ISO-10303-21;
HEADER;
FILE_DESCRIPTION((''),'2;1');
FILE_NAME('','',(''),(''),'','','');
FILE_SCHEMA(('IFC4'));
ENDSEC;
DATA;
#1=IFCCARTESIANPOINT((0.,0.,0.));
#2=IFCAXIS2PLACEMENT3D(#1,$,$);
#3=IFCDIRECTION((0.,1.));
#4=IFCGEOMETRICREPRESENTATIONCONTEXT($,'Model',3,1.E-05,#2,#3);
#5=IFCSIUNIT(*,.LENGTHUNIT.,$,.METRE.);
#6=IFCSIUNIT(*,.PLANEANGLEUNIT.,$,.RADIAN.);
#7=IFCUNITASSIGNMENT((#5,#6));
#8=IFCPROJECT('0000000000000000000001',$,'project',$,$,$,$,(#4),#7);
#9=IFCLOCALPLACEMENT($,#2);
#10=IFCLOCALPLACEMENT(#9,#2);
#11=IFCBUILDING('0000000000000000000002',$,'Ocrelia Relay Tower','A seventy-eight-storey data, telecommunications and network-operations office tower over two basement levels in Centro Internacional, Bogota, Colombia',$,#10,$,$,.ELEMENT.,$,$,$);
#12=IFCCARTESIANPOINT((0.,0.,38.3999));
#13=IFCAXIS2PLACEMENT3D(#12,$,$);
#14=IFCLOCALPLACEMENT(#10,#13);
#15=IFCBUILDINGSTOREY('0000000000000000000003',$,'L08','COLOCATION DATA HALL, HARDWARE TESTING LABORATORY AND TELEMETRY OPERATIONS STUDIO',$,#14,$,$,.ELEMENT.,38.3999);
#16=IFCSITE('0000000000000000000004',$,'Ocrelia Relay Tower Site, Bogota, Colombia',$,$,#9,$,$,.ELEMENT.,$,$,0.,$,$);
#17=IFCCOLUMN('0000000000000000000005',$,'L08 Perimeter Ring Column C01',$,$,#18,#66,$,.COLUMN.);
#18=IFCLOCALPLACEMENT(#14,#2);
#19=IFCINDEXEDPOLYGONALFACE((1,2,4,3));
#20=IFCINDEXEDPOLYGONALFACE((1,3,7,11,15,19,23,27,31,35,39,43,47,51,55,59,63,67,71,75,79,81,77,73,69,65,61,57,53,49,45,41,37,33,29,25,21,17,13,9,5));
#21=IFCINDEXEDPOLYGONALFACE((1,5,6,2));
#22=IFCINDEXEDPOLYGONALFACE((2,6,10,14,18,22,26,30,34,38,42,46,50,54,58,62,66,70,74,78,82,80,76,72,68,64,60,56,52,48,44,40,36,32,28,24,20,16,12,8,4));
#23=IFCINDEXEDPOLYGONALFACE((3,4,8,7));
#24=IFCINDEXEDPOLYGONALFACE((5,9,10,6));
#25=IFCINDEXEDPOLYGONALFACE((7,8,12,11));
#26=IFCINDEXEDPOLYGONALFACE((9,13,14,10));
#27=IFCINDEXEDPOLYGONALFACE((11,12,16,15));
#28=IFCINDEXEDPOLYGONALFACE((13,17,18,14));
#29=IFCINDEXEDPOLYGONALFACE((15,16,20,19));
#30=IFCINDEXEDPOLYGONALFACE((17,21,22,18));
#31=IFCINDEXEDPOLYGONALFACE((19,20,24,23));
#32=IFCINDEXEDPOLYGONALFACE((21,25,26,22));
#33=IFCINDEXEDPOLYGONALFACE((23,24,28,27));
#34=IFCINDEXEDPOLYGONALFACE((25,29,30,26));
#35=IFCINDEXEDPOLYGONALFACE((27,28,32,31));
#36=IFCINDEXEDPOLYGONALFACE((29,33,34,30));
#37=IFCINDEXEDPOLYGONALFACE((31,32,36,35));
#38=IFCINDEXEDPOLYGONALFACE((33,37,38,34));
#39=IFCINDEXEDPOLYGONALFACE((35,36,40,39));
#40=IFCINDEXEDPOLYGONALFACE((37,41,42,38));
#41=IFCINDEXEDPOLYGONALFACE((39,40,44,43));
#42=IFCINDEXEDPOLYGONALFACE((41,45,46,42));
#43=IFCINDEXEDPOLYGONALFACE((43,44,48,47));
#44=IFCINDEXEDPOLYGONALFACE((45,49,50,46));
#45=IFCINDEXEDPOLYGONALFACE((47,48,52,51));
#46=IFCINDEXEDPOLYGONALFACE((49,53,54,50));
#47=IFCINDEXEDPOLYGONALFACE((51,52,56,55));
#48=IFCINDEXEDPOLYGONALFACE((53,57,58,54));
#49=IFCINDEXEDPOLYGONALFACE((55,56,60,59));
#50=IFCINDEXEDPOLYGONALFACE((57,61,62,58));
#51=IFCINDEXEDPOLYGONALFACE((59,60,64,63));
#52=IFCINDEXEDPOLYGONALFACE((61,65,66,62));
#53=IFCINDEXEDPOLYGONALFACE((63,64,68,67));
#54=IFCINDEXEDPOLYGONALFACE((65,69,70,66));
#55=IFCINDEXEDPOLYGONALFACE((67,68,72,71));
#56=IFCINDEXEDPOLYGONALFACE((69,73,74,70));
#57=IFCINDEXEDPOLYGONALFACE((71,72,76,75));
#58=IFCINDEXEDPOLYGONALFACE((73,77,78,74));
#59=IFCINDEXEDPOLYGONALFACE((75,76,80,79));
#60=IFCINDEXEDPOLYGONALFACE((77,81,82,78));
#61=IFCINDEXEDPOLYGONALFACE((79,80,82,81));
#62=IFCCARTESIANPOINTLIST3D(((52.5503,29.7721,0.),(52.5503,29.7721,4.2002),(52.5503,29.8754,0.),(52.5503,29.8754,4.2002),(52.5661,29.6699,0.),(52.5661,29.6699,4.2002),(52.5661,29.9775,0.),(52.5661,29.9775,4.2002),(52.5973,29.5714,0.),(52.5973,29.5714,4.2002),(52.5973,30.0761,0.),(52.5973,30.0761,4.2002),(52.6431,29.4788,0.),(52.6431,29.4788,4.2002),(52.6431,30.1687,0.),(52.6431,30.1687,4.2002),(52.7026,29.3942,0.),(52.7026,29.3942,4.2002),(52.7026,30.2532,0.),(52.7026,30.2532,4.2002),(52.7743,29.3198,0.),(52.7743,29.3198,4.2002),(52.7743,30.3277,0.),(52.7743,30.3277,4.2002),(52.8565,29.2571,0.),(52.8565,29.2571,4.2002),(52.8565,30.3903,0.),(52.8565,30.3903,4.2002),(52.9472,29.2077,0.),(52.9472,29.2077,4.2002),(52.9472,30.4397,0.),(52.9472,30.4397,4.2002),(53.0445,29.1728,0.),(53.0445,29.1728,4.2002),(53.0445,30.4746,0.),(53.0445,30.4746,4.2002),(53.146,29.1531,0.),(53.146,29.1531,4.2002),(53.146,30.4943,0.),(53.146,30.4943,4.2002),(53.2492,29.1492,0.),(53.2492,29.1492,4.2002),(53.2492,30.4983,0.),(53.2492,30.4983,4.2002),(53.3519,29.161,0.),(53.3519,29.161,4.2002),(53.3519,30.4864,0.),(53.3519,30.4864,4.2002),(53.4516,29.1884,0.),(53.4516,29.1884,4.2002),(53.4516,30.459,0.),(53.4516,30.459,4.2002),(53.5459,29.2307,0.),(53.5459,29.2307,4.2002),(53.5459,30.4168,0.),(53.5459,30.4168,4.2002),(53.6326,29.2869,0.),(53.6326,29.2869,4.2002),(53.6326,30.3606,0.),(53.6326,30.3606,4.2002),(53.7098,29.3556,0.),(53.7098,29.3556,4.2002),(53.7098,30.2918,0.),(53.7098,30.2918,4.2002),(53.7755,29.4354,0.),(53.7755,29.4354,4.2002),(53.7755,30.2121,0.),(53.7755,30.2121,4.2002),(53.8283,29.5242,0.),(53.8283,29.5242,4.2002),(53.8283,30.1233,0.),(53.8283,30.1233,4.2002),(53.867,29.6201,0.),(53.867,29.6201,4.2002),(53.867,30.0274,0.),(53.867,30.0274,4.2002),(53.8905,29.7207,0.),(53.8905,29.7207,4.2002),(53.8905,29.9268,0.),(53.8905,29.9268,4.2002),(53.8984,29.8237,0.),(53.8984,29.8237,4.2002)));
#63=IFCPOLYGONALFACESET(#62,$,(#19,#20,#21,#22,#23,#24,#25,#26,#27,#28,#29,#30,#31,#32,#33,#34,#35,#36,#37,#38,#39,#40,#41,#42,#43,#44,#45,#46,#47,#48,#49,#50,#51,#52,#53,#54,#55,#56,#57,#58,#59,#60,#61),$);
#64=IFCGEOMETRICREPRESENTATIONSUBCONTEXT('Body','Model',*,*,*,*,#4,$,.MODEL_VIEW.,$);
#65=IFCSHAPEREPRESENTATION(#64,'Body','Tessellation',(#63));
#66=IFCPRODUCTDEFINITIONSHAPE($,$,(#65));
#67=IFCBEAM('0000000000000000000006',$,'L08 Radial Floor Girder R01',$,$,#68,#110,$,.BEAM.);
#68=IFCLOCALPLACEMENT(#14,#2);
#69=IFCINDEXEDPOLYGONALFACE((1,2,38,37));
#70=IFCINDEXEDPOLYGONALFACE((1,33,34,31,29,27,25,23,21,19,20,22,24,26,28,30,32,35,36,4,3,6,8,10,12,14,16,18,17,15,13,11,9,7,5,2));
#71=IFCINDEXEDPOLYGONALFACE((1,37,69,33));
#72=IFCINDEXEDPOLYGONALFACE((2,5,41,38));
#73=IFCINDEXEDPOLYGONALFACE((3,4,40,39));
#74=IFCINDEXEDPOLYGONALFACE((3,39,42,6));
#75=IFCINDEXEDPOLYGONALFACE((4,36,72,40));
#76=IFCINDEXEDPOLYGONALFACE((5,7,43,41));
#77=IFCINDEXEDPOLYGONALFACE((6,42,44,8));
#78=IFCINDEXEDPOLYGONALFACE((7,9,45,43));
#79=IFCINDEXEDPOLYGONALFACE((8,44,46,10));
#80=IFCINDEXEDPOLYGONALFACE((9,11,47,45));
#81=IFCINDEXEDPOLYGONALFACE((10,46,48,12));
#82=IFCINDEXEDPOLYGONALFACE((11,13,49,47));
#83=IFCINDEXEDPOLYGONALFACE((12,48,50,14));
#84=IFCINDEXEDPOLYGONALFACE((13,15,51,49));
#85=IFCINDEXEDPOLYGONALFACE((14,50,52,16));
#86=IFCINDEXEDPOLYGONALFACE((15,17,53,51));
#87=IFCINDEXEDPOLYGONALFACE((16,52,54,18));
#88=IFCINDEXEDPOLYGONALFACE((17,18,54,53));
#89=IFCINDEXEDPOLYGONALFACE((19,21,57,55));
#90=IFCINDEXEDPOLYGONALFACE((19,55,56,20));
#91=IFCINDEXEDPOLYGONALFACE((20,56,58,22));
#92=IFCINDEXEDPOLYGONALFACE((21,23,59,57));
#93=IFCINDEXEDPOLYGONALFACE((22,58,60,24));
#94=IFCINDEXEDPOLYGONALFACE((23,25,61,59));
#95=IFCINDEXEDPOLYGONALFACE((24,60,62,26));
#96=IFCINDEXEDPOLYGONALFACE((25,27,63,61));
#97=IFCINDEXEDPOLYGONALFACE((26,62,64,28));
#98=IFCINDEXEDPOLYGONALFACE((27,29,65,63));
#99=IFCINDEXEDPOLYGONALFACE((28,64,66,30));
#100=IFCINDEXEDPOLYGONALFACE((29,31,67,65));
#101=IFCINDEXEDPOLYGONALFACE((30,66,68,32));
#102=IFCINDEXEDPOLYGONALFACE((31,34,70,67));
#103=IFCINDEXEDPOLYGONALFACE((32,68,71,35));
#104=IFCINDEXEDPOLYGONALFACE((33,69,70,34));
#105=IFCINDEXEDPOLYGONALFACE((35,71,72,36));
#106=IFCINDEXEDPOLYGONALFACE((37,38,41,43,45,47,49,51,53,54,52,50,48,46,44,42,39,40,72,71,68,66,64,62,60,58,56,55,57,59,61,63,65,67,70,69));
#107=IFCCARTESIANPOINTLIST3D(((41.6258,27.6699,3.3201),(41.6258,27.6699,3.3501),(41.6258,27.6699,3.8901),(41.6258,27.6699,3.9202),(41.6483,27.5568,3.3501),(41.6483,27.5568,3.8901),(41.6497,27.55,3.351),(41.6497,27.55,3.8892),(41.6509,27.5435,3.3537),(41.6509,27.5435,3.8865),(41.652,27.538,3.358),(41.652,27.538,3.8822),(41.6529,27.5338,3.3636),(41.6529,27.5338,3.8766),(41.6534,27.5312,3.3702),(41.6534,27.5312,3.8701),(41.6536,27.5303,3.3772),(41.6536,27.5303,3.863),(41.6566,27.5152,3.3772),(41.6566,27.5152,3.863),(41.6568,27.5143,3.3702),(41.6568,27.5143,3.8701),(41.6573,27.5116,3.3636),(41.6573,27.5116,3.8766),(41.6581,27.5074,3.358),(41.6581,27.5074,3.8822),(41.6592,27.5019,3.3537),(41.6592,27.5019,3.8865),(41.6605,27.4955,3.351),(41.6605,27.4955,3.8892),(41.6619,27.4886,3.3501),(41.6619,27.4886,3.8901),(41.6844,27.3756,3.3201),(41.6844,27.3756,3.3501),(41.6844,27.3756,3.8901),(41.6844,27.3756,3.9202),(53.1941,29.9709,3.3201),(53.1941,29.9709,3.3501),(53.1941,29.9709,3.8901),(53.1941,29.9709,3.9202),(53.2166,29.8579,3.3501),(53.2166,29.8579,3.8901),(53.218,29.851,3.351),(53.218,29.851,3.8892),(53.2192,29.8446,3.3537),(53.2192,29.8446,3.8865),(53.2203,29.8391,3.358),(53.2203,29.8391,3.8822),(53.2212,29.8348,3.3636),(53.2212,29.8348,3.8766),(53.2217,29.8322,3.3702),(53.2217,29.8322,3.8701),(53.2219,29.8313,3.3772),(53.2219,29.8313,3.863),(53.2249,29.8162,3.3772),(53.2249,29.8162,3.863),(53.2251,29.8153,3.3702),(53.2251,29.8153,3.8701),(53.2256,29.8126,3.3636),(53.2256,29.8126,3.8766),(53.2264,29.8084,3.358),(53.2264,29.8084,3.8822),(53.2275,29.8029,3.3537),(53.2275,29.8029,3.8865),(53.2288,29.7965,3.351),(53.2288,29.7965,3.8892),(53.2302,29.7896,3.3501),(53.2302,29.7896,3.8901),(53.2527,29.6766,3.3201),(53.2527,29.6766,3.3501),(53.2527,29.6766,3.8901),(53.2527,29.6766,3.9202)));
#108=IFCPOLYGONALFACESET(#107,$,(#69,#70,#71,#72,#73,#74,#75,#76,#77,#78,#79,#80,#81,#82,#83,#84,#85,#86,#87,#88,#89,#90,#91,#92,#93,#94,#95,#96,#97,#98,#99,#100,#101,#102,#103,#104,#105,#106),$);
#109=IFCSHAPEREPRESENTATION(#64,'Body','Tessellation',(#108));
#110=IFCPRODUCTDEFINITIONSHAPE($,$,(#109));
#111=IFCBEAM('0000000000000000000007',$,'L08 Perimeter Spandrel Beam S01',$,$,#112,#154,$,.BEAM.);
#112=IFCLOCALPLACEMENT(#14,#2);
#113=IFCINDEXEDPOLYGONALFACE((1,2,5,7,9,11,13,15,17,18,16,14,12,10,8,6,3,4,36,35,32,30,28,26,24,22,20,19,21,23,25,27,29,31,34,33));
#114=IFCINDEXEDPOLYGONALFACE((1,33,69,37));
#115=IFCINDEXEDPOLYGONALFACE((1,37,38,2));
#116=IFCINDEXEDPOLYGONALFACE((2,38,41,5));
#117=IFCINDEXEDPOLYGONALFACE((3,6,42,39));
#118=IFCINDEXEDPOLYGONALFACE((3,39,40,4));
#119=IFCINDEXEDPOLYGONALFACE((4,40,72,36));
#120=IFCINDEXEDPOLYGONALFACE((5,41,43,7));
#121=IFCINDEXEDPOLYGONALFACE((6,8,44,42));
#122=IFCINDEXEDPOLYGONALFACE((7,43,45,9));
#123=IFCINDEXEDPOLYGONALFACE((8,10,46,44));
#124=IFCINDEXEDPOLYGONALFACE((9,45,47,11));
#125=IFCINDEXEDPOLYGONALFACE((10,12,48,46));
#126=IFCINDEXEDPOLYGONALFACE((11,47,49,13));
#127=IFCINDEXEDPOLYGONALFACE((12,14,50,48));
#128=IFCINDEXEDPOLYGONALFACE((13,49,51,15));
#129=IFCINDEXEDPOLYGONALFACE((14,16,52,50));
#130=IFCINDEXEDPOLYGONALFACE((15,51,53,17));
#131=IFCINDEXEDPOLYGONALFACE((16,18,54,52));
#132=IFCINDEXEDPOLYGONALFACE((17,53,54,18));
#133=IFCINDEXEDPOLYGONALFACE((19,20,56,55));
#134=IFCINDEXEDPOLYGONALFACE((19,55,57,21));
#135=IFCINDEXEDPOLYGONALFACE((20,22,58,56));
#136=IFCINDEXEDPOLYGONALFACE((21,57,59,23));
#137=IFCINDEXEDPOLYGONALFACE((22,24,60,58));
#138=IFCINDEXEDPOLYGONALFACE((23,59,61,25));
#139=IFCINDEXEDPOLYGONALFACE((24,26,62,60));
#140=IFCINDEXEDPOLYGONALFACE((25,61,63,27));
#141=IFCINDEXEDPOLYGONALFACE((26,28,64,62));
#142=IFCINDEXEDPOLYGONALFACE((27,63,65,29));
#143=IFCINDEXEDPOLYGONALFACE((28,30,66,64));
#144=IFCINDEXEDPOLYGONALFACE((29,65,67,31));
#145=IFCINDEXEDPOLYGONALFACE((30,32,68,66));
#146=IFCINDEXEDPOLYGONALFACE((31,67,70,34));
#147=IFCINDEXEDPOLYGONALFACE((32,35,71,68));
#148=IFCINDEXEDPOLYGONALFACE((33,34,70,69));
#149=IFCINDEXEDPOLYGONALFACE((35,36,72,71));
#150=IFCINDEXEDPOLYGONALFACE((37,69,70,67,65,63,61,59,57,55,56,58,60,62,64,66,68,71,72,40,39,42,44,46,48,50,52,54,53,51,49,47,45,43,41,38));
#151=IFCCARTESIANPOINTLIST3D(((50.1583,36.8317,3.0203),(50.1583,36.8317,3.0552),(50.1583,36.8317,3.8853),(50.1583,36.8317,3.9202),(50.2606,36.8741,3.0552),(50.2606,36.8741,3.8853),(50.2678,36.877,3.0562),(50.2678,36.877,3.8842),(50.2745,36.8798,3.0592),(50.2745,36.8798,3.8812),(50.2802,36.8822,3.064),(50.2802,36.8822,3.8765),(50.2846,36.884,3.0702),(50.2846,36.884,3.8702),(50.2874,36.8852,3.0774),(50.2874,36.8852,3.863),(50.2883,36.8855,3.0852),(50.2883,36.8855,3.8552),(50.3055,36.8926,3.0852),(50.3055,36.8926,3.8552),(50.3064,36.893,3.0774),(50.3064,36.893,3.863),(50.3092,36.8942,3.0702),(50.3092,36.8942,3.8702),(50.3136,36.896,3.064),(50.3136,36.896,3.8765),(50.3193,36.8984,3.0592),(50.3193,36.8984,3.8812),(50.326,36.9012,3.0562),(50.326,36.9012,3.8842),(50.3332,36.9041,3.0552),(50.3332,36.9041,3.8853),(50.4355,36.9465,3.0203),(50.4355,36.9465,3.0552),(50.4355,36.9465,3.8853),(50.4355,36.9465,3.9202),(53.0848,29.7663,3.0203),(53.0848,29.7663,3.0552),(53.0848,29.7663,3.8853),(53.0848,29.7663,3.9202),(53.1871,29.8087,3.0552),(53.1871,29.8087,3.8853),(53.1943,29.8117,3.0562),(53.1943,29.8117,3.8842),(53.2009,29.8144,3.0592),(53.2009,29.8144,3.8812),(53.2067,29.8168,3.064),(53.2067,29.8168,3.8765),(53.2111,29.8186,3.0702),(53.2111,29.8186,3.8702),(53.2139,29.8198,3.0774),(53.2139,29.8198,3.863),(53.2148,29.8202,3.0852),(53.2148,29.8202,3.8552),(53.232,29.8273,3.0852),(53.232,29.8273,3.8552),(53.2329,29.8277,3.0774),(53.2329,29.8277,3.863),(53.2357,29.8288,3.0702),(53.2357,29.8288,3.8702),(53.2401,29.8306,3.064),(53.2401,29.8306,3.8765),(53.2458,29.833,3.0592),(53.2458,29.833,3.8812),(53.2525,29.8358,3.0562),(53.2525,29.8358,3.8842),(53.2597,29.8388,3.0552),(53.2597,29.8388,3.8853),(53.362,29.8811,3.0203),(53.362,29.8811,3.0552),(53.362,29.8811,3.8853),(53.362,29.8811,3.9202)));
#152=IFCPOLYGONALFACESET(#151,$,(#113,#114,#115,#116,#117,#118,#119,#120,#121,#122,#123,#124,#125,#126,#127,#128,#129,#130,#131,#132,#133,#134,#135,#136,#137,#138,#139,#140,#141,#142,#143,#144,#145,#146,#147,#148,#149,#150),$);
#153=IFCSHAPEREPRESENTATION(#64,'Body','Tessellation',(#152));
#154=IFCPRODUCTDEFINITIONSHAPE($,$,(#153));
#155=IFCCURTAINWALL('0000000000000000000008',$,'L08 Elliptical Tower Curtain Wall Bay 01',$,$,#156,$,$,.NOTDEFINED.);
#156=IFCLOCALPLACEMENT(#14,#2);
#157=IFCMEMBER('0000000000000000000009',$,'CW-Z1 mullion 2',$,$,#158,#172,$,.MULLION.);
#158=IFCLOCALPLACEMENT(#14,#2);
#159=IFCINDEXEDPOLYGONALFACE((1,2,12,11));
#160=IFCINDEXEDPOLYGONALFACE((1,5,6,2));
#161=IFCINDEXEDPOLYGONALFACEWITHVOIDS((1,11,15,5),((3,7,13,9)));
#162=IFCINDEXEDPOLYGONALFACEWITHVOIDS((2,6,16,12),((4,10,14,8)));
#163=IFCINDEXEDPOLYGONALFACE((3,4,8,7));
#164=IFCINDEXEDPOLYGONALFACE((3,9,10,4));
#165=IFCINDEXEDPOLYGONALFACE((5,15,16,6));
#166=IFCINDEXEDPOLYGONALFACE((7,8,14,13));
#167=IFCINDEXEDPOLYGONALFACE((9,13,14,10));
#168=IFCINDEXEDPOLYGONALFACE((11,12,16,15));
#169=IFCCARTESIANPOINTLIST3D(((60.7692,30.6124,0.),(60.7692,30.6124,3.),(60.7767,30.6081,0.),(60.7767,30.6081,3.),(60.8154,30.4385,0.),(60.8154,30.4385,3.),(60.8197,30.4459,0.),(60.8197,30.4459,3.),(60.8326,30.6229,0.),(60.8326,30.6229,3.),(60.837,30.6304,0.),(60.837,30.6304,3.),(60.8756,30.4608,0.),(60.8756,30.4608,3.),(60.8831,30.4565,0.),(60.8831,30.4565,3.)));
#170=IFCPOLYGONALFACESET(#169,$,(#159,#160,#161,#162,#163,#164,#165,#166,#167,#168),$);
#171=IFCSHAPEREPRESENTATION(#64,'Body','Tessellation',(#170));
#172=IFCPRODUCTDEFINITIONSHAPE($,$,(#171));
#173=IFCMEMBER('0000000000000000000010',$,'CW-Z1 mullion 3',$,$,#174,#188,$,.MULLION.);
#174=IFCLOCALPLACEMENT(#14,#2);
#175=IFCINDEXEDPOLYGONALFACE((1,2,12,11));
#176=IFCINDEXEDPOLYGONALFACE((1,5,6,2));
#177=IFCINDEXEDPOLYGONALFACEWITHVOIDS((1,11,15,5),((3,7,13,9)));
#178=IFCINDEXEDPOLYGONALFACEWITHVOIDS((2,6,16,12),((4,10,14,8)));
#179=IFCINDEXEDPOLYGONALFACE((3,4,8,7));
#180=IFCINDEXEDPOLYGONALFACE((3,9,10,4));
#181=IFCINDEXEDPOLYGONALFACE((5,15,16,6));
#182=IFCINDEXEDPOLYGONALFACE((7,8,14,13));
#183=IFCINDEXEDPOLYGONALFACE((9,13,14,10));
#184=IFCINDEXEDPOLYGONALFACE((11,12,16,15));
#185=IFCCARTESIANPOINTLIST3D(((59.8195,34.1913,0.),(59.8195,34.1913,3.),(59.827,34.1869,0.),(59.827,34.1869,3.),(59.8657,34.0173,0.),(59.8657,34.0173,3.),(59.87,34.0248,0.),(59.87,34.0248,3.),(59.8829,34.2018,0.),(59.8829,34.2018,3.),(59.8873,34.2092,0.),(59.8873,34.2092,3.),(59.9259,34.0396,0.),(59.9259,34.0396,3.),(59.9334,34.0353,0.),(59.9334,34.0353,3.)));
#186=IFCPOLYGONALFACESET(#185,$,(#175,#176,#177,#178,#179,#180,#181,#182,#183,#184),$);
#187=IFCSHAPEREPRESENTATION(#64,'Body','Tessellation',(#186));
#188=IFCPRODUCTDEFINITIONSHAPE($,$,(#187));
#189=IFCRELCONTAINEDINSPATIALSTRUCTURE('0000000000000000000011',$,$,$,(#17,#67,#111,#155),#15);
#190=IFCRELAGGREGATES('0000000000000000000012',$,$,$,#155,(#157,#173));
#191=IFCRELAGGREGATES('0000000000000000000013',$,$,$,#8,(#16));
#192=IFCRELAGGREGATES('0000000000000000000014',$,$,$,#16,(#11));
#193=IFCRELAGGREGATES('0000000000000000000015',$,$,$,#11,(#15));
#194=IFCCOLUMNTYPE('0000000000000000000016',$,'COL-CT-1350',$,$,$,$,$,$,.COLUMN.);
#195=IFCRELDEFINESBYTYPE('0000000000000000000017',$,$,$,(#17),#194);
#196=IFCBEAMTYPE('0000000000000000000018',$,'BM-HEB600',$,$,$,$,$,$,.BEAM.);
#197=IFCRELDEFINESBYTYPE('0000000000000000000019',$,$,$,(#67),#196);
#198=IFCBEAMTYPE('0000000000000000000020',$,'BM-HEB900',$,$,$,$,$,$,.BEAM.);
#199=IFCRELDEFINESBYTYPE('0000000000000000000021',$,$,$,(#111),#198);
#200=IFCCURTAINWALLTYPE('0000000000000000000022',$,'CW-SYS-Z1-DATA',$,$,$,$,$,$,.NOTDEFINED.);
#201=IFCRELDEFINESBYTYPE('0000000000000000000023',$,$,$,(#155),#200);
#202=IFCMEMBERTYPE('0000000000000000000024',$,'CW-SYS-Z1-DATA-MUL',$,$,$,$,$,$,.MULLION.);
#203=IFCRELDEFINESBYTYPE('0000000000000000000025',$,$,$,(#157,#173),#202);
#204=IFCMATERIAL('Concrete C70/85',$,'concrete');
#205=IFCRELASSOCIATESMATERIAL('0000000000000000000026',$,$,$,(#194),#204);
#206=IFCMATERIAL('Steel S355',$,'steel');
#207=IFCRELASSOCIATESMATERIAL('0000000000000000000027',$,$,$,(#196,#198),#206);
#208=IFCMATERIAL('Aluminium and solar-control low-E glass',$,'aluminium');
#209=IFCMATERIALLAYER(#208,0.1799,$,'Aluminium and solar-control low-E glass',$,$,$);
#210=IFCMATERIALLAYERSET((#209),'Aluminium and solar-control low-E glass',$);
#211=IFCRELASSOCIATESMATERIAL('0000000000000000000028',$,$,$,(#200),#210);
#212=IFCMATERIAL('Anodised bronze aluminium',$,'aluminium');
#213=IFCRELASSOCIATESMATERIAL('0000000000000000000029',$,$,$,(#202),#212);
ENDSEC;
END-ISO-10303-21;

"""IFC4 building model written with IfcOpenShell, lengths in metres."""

from ifc_helpers import new_model, si_unit, direction, frame, origin, origin_2d, place, context, subcontext, project, spatial, hollow_rectangle, circle, i_section, extrude, material, layer, layer_set, material_profile, profile_set, type_object, element, aggregate, save


model = new_model("IFC4")

# Units and contexts
model_context = context("Model", 3, precision=1e-05, world=origin(), true_north=direction((0.0, 1.0)))
body_context = subcontext(model_context, "Body", "Model", "MODEL_VIEW")
ifc_project = project(units=[si_unit("LENGTHUNIT", "METRE"), si_unit("PLANEANGLEUNIT", "RADIAN")], contexts=[model_context])

# Site, building, storey
site_placement = place(None, origin())
site = spatial("IfcSite", under=ifc_project, at=site_placement, Name="Ocrelia Relay Tower Site, Bogota, Colombia", CompositionType="ELEMENT", RefElevation=0.0)
building_placement = place(site_placement, origin())
building = spatial("IfcBuilding", under=site, at=building_placement, Name="Ocrelia Relay Tower", Description="A seventy-eight-storey data, telecommunications and network-operations office tower over two basement levels in Centro Internacional, Bogota, Colombia", CompositionType="ELEMENT")
storey_placement = place(building_placement, frame((0.0, 0.0, 38.3999)))
storey = spatial("IfcBuildingStorey", under=building, at=storey_placement, Name="L08", Description="COLOCATION DATA HALL, HARDWARE TESTING LABORATORY AND TELEMETRY OPERATIONS STUDIO", CompositionType="ELEMENT", Elevation=38.3999)

# Column
ifc_material_1 = material(Name="Concrete C70/85", Category="concrete")
ifc_material_profile_1 = material_profile(ifc_material_1, circle(Radius=0.675, at=origin_2d()), Name="RC-CIR-1350")
ifc_profile_set_1 = profile_set([ifc_material_profile_1], Name="Concrete C70/85")
column_type = type_object("IfcColumnType", Name="COL-CT-1350", PredefinedType="COLUMN", material=ifc_profile_set_1)
column_placement = place(storey_placement, frame((53.2234, 29.8237, 0.0), z_axis=(0.0, 0.0, 1.0), x_axis=(1.0, 0.0, 0.0)))
element("IfcColumn", 1, at=column_placement, inside=storey, type_object=column_type, Name="L08 Perimeter Ring Column C01", PredefinedType="COLUMN", context=body_context, shape_type="SweptSolid", body=[
    extrude(circle(Radius=0.675, at=origin_2d()), origin(), (0.0, 0.0, 1.0), 4.2002),
])

# Beams
ifc_material_2 = material(Name="Steel S355", Category="steel")
ifc_material_profile_2 = material_profile(ifc_material_2, i_section(OverallWidth=0.3, OverallDepth=0.6001, WebThickness=0.0154, FlangeThickness=0.03, FilletRadius=0.0271, at=origin_2d()), Name="HEB 600")
ifc_profile_set_2 = profile_set([ifc_material_profile_2], Name="Steel S355")
beam_type_1 = type_object("IfcBeamType", Name="BM-HEB600", PredefinedType="BEAM", material=ifc_profile_set_2)
beam_1_placement = place(storey_placement, frame((53.2234, 29.8237, 3.6201), z_axis=(-0.980786, -0.195085, 0.0), x_axis=(0.195085, -0.980786, 0.0)))
element("IfcBeam", 2, at=beam_1_placement, inside=storey, type_object=beam_type_1, Name="L08 Radial Floor Girder R01", PredefinedType="BEAM", context=body_context, shape_type="SweptSolid", body=[
    extrude(i_section(OverallWidth=0.3, OverallDepth=0.6001, WebThickness=0.0154, FlangeThickness=0.03, FilletRadius=0.0271, at=origin_2d()), origin(), (0.0, 0.0, 1.0), 11.7949),
])
ifc_material_profile_3 = material_profile(ifc_material_2, i_section(OverallWidth=0.3, OverallDepth=0.8999, WebThickness=0.0186, FlangeThickness=0.0349, FilletRadius=0.03, at=origin_2d()), Name="HEB 900")
ifc_profile_set_3 = profile_set([ifc_material_profile_3], Name="Steel S355")
beam_type_2 = type_object("IfcBeamType", Name="BM-HEB900", PredefinedType="BEAM", material=ifc_profile_set_3)
beam_2_placement = place(storey_placement, frame((53.2234, 29.8237, 3.4702), z_axis=(-0.382674, 0.923883, 0.0), x_axis=(-0.923883, -0.382674, 0.0)))
element("IfcBeam", 3, at=beam_2_placement, inside=storey, type_object=beam_type_2, Name="L08 Perimeter Spandrel Beam S01", PredefinedType="BEAM", context=body_context, shape_type="SweptSolid", body=[
    extrude(i_section(OverallWidth=0.3, OverallDepth=0.8999, WebThickness=0.0186, FlangeThickness=0.0349, FilletRadius=0.03, at=origin_2d()), origin(), (0.0, 0.0, 1.0), 7.6475),
])

# Curtain wall, members
ifc_material_3 = material(Name="Aluminium and solar-control low-E glass", Category="aluminium")
ifc_layer_1 = layer(ifc_material_3, 0.1799, Name="Aluminium and solar-control low-E glass")
ifc_layer_set_1 = layer_set([ifc_layer_1], Name="Aluminium and solar-control low-E glass")
curtain_wall_type = type_object("IfcCurtainWallType", Name="CW-SYS-Z1-DATA", PredefinedType="NOTDEFINED", material=ifc_layer_set_1)
curtain_wall_placement = place(storey_placement, origin())
curtain_wall = element("IfcCurtainWall", 4, at=curtain_wall_placement, inside=storey, type_object=curtain_wall_type, Name="L08 Elliptical Tower Curtain Wall Bay 01", PredefinedType="NOTDEFINED")
ifc_material_4 = material(Name="Anodised bronze aluminium", Category="aluminium")
ifc_material_profile_4 = material_profile(ifc_material_4, hollow_rectangle(XDim=0.0701, YDim=0.1799, WallThickness=0.0061, at=origin_2d()), Name="CW-MUL-180x70")
ifc_profile_set_4 = profile_set([ifc_material_profile_4], Name="Anodised bronze aluminium")
member_type_1 = type_object("IfcMemberType", Name="CW-SYS-Z1-DATA-MUL", PredefinedType="MULLION", material=ifc_profile_set_4)
member_1_placement = place(storey_placement, frame((60.8262, 30.5344, 0.0), z_axis=(0.0, 0.0, 1.0), x_axis=(-0.966557, -0.256451, 0.0)))
member_1 = element("IfcMember", 5, at=member_1_placement, type_object=member_type_1, Name="CW-Z1 mullion 2", PredefinedType="MULLION", context=body_context, shape_type="SweptSolid", body=[
    extrude(hollow_rectangle(XDim=0.0701, YDim=0.1799, WallThickness=0.0061, at=origin_2d()), origin(), (0.0, 0.0, 1.0), 3.0),
])
member_2_placement = place(storey_placement, frame((59.8765, 34.1133, 0.0), z_axis=(0.0, 0.0, 1.0), x_axis=(-0.966557, -0.256451, 0.0)))
member_2 = element("IfcMember", 6, at=member_2_placement, type_object=member_type_1, Name="CW-Z1 mullion 3", PredefinedType="MULLION", context=body_context, shape_type="SweptSolid", body=[
    extrude(hollow_rectangle(XDim=0.0701, YDim=0.1799, WallThickness=0.0061, at=origin_2d()), origin(), (0.0, 0.0, 1.0), 3.0),
])
aggregate(curtain_wall, [member_1, member_2])

save(model, "model.ifc")
